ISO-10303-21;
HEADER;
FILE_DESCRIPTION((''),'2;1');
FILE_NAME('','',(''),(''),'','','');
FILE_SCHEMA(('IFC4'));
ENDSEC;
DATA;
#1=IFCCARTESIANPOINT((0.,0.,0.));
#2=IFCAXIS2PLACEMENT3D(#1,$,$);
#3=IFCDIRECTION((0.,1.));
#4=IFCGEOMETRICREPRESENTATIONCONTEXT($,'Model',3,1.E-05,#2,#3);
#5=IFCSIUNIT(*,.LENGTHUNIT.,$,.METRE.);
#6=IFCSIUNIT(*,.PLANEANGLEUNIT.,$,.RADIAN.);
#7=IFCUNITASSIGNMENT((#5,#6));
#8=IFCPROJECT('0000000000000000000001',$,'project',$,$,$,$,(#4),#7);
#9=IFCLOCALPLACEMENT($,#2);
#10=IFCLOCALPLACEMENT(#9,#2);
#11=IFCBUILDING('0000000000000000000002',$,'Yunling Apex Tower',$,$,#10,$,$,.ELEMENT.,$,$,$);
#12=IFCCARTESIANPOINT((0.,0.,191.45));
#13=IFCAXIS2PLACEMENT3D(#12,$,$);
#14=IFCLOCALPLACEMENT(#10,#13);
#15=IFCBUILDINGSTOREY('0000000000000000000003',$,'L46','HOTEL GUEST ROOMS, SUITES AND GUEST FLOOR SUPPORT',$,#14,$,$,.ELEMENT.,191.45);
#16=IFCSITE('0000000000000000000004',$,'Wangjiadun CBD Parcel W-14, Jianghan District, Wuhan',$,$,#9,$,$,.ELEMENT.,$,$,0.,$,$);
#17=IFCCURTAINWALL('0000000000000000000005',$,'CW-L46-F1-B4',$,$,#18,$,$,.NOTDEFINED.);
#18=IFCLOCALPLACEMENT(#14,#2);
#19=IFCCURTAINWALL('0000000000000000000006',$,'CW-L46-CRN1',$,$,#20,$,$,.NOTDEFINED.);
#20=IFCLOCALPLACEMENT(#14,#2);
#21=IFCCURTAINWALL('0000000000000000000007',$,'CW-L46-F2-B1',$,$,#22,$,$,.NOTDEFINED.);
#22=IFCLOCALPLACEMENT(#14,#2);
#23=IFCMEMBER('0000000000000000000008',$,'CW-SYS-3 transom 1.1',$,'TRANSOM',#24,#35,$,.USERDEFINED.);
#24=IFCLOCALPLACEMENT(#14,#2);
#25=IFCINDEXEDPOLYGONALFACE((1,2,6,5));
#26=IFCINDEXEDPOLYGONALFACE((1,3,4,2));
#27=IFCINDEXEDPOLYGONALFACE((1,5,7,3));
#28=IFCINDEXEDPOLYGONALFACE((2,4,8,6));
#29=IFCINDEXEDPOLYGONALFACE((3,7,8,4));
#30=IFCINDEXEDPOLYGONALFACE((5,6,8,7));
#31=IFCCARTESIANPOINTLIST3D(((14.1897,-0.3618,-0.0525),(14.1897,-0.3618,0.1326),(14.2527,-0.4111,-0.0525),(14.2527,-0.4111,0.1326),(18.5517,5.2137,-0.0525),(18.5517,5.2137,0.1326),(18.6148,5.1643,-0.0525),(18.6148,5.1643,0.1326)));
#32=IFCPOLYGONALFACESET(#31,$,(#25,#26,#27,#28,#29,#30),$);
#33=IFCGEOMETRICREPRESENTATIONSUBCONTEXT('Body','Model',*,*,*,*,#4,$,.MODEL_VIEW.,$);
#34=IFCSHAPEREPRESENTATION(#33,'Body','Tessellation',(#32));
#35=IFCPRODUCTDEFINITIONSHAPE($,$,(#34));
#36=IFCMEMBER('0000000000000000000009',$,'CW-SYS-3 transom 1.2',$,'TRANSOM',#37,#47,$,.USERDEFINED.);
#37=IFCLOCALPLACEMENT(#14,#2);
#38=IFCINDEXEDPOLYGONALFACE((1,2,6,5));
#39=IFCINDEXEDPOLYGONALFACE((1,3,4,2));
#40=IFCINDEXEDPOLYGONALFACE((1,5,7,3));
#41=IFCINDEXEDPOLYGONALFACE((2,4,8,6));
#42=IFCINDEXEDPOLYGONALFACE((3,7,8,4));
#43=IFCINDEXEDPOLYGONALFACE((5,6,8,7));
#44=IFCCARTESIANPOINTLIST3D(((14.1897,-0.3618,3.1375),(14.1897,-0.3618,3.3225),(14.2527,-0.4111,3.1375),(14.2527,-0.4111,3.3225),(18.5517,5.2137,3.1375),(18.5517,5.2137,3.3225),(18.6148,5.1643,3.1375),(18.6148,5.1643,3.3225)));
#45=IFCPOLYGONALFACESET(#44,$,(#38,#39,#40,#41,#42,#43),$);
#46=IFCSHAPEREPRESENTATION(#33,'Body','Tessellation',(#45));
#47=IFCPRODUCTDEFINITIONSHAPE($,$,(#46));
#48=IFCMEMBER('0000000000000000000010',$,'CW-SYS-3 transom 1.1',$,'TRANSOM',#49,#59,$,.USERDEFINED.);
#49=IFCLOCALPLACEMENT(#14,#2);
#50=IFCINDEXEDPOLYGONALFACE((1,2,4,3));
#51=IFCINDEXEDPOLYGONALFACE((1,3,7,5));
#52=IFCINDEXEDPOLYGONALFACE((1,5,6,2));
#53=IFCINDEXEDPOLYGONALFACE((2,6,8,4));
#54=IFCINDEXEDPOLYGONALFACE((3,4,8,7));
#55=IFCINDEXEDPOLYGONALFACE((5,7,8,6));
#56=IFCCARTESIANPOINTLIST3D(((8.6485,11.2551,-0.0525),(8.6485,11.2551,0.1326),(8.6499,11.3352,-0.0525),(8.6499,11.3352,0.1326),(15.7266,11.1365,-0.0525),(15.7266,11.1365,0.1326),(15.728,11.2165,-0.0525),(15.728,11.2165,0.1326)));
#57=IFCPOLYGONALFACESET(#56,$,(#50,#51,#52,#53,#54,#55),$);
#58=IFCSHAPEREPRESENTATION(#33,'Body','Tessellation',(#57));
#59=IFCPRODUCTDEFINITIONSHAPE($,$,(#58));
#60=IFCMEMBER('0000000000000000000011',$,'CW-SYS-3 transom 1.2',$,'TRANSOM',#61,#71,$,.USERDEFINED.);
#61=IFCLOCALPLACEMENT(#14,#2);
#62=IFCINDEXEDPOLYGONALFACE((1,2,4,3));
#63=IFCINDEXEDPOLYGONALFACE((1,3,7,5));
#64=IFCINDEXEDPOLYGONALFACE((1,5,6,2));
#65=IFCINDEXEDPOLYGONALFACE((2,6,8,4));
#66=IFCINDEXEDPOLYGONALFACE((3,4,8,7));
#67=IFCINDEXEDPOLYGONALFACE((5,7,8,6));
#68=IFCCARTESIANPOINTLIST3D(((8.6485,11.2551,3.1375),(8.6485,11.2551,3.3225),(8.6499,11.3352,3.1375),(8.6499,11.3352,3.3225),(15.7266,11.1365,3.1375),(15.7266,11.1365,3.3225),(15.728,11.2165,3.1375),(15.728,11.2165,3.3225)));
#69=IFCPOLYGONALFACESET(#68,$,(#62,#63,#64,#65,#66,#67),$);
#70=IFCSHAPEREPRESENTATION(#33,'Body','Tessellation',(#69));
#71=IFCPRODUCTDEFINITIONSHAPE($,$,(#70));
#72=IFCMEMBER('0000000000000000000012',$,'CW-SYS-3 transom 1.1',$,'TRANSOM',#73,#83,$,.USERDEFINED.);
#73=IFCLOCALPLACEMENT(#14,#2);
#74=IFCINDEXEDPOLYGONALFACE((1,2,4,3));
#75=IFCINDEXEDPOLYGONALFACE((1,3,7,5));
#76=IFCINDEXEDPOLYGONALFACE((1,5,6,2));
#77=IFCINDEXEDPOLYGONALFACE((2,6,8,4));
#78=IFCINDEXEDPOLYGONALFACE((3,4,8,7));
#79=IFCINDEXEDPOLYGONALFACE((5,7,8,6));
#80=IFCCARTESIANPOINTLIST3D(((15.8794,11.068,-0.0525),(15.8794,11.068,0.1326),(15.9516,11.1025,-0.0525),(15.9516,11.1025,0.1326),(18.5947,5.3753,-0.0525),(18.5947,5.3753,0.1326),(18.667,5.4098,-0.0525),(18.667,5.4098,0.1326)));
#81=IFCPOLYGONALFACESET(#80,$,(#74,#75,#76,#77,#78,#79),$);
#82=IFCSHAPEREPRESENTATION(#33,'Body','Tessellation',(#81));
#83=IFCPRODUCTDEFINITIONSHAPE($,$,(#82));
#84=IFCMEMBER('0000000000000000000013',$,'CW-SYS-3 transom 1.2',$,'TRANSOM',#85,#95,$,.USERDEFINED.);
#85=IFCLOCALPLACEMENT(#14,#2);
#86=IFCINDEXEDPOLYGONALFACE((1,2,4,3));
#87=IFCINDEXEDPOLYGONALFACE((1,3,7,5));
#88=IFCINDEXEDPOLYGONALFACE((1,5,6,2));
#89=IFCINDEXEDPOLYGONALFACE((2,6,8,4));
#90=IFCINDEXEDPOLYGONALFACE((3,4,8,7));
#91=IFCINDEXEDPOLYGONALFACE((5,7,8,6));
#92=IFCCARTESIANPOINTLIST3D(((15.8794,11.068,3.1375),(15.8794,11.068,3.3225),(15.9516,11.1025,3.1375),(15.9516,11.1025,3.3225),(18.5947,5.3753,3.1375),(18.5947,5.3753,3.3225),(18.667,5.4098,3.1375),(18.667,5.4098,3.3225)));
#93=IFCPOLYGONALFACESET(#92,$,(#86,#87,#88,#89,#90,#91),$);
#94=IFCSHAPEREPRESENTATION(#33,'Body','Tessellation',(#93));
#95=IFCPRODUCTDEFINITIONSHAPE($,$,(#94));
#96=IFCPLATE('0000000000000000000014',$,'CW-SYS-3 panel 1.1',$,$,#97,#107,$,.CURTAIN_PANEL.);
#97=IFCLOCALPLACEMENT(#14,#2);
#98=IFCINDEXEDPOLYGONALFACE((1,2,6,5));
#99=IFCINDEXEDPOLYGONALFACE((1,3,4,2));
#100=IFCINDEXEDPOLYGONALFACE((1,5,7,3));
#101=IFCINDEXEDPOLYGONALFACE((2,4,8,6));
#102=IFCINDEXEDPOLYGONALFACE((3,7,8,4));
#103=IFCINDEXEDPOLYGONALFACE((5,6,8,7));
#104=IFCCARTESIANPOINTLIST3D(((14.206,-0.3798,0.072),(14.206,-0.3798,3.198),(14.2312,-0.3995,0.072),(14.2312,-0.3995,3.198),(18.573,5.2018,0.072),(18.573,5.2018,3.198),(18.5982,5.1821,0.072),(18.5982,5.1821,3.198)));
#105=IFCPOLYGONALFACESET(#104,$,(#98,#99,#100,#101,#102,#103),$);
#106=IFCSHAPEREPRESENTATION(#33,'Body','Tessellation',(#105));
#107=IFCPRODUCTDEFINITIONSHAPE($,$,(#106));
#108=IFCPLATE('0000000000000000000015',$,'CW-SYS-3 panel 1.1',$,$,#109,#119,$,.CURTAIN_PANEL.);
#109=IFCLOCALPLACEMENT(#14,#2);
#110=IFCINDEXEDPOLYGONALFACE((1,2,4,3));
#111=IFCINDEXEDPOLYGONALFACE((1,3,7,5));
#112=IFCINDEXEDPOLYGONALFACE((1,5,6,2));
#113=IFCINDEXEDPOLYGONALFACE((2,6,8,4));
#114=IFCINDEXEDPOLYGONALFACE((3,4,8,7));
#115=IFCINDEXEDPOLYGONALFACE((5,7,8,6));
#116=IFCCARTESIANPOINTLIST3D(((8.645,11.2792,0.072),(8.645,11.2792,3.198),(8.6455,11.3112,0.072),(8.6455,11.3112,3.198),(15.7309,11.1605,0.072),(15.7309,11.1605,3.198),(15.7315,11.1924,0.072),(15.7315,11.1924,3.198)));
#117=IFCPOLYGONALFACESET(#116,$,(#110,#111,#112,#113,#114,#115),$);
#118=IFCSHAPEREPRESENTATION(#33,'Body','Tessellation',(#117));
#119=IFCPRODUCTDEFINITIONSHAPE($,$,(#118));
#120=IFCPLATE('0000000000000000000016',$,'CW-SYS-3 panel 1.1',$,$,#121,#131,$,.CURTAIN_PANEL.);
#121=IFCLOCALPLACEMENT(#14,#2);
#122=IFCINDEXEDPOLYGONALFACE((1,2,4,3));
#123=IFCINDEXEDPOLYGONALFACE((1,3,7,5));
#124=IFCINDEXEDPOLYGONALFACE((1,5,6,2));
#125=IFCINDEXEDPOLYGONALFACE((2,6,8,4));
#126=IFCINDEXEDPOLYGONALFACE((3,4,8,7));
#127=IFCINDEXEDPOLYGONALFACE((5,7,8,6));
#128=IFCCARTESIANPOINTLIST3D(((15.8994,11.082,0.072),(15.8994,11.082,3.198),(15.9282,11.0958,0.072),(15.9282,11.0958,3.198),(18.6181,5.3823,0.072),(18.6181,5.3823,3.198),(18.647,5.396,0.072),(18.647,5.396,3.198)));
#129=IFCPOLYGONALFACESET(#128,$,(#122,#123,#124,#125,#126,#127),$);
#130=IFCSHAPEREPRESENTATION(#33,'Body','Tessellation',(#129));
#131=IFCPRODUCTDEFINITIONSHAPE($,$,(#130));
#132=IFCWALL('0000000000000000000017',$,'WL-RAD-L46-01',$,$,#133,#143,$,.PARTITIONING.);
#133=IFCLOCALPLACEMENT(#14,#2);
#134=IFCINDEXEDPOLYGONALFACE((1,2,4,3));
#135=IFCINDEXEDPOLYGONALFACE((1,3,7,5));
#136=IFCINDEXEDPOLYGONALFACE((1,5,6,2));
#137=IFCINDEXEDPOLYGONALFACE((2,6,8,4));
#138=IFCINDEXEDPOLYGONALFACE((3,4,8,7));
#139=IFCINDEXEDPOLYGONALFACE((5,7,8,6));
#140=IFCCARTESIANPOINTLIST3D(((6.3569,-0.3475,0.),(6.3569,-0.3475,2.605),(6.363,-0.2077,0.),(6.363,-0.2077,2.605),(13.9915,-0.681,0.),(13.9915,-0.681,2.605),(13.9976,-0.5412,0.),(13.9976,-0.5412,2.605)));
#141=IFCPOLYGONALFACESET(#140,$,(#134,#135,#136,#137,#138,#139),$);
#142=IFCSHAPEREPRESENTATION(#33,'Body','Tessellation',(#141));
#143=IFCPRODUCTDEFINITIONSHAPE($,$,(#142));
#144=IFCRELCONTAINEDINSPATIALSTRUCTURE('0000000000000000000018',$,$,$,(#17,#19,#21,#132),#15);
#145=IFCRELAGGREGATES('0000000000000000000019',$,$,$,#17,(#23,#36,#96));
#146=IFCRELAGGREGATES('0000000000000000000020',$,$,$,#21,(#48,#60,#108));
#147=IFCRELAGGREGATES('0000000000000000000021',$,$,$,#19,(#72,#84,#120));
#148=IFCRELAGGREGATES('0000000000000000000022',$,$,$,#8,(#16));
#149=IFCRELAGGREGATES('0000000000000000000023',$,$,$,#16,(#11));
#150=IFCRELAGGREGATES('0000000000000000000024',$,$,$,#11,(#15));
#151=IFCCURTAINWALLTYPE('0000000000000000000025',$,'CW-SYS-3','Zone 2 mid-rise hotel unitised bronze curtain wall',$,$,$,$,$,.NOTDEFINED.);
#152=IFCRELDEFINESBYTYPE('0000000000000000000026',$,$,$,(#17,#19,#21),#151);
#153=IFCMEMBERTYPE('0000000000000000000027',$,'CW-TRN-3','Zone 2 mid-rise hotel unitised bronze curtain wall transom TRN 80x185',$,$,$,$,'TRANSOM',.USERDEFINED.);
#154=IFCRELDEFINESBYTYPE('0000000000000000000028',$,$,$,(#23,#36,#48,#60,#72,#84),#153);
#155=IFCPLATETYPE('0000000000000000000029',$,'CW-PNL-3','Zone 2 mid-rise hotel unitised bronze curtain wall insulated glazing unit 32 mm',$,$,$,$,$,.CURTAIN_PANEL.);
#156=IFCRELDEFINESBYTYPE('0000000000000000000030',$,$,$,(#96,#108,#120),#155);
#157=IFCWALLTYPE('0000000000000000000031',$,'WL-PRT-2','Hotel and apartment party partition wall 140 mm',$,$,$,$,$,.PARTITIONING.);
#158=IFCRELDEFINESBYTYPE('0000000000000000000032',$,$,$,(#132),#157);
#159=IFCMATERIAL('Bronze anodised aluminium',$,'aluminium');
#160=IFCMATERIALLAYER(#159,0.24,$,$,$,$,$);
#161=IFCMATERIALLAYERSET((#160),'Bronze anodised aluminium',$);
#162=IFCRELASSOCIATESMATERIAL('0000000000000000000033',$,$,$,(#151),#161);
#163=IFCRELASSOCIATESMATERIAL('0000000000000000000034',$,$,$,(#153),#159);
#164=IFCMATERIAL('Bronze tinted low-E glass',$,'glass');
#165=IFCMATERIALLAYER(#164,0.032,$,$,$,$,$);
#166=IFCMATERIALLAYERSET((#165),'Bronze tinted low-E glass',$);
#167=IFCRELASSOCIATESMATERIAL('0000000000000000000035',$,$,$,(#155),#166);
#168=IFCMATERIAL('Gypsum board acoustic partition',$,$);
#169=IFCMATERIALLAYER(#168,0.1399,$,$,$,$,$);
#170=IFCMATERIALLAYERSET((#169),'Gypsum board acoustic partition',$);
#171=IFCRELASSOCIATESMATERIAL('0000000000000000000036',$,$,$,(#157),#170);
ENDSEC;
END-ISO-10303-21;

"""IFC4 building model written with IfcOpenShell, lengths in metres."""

from ifc_helpers import new_model, si_unit, direction, frame, frame_2d, origin, origin_2d, place, context, subcontext, project, spatial, rectangle, extrude, source, transform, mapped, material, layer, layer_set, material_profile, profile_set, type_object, element, aggregate, save


model = new_model("IFC4")

# Units and contexts
model_context = context("Model", 3, precision=1e-05, world=origin(), true_north=direction((0.0, 1.0)))
body_context = subcontext(model_context, "Body", "Model", "MODEL_VIEW")
ifc_project = project(units=[si_unit("LENGTHUNIT", "METRE"), si_unit("PLANEANGLEUNIT", "RADIAN")], contexts=[model_context])

# Site, building, storey
site_placement = place(None, origin())
site = spatial("IfcSite", under=ifc_project, at=site_placement, Name="Wangjiadun CBD Parcel W-14, Jianghan District, Wuhan", CompositionType="ELEMENT", RefElevation=0.0)
building_placement = place(site_placement, origin())
building = spatial("IfcBuilding", under=site, at=building_placement, Name="Yunling Apex Tower", CompositionType="ELEMENT")
storey_placement = place(building_placement, frame((0.0, 0.0, 191.45)))
storey = spatial("IfcBuildingStorey", under=building, at=storey_placement, Name="L46", Description="HOTEL GUEST ROOMS, SUITES AND GUEST FLOOR SUPPORT", CompositionType="ELEMENT", Elevation=191.45)

# Curtain walls
ifc_material_1 = material(Name="Bronze anodised aluminium", Category="aluminium")
ifc_layer_1 = layer(ifc_material_1, 0.24)
ifc_layer_set_1 = layer_set([ifc_layer_1], Name="Bronze anodised aluminium")
curtain_wall_type = type_object("IfcCurtainWallType", Name="CW-SYS-3", Description="Zone 2 mid-rise hotel unitised bronze curtain wall", PredefinedType="NOTDEFINED", material=ifc_layer_set_1)
curtain_wall_1_placement = place(storey_placement, origin())
curtain_wall_1 = element("IfcCurtainWall", 1, at=curtain_wall_1_placement, inside=storey, type_object=curtain_wall_type, Name="CW-L46-F1-B4", PredefinedType="NOTDEFINED")
curtain_wall_2_placement = place(storey_placement, origin())
curtain_wall_2 = element("IfcCurtainWall", 2, at=curtain_wall_2_placement, inside=storey, type_object=curtain_wall_type, Name="CW-L46-CRN1", PredefinedType="NOTDEFINED")
curtain_wall_3_placement = place(storey_placement, origin())
curtain_wall_3 = element("IfcCurtainWall", 3, at=curtain_wall_3_placement, inside=storey, type_object=curtain_wall_type, Name="CW-L46-F2-B1", PredefinedType="NOTDEFINED")
ifc_material_profile_1 = material_profile(ifc_material_1, rectangle(XDim=0.0801, YDim=0.1851, at=origin_2d()))
ifc_profile_set_1 = profile_set([ifc_material_profile_1], Name="Bronze anodised aluminium")
member_type_1 = type_object("IfcMemberType", Name="CW-TRN-3", Description="Zone 2 mid-rise hotel unitised bronze curtain wall transom TRN 80x185", ElementType="TRANSOM", PredefinedType="USERDEFINED", material=ifc_profile_set_1)

# Members
shared_shape_1 = source(origin(), body_context, "Body", "SweptSolid", [
    extrude(rectangle(XDim=0.0801, YDim=0.1851, at=origin_2d()), origin(), (0.0, 0.0, 1.0), 7.0791),
])
member_1_placement = place(storey_placement, frame((14.2212, -0.3865, 0.04), z_axis=(0.616192, 0.787596, 0.0), x_axis=(-0.787596, 0.616192, 0.0)))
member_1 = element("IfcMember", 4, at=member_1_placement, type_object=member_type_1, Name="CW-SYS-3 transom 1.1", ObjectType="TRANSOM", PredefinedType="USERDEFINED", context=body_context, shape_type="MappedRepresentation", body=[
    mapped(shared_shape_1, transform((0.0, 0.0, 0.0), scale=1.0)),
])
member_2_placement = place(storey_placement, frame((14.2212, -0.3865, 3.23), z_axis=(0.616192, 0.787596, 0.0), x_axis=(-0.787596, 0.616192, 0.0)))
member_2 = element("IfcMember", 5, at=member_2_placement, type_object=member_type_1, Name="CW-SYS-3 transom 1.2", ObjectType="TRANSOM", PredefinedType="USERDEFINED", context=body_context, shape_type="MappedRepresentation", body=[
    mapped(shared_shape_1, transform((0.0, 0.0, 0.0), scale=1.0)),
])
member_3_placement = place(storey_placement, frame((15.7273, 11.1765, 0.04), z_axis=(-0.99986, 0.016761, 0.0), x_axis=(-0.016761, -0.99986, 0.0)))
member_3 = element("IfcMember", 6, at=member_3_placement, type_object=member_type_1, Name="CW-SYS-3 transom 1.1", ObjectType="TRANSOM", PredefinedType="USERDEFINED", context=body_context, shape_type="MappedRepresentation", body=[
    mapped(shared_shape_1, transform((0.0, 0.0, 0.0), scale=1.0)),
])
member_4_placement = place(storey_placement, frame((15.7273, 11.1765, 3.23), z_axis=(-0.99986, 0.016761, 0.0), x_axis=(-0.016761, -0.99986, 0.0)))
member_4 = element("IfcMember", 7, at=member_4_placement, type_object=member_type_1, Name="CW-SYS-3 transom 1.2", ObjectType="TRANSOM", PredefinedType="USERDEFINED", context=body_context, shape_type="MappedRepresentation", body=[
    mapped(shared_shape_1, transform((0.0, 0.0, 0.0), scale=1.0)),
])
shared_shape_2 = source(origin(), body_context, "Body", "SweptSolid", [
    extrude(rectangle(XDim=0.0801, YDim=0.1851, at=origin_2d()), origin(), (0.0, 0.0, 1.0), 6.3071),
])
member_5_placement = place(storey_placement, frame((18.6309, 5.3926, 0.04), z_axis=(-0.430522, 0.90258, 0.0), x_axis=(-0.90258, -0.430522, 0.0)))
member_5 = element("IfcMember", 8, at=member_5_placement, type_object=member_type_1, Name="CW-SYS-3 transom 1.1", ObjectType="TRANSOM", PredefinedType="USERDEFINED", context=body_context, shape_type="MappedRepresentation", body=[
    mapped(shared_shape_2, transform((0.0, 0.0, 0.0), scale=1.0)),
])
member_6_placement = place(storey_placement, frame((18.6309, 5.3926, 3.23), z_axis=(-0.430522, 0.90258, 0.0), x_axis=(-0.90258, -0.430522, 0.0)))
member_6 = element("IfcMember", 9, at=member_6_placement, type_object=member_type_1, Name="CW-SYS-3 transom 1.2", ObjectType="TRANSOM", PredefinedType="USERDEFINED", context=body_context, shape_type="MappedRepresentation", body=[
    mapped(shared_shape_2, transform((0.0, 0.0, 0.0), scale=1.0)),
])

# Plates
ifc_material_2 = material(Name="Bronze tinted low-E glass", Category="glass")
ifc_layer_2 = layer(ifc_material_2, 0.032)
ifc_layer_set_2 = layer_set([ifc_layer_2], Name="Bronze tinted low-E glass")
plate_type = type_object("IfcPlateType", Name="CW-PNL-3", Description="Zone 2 mid-rise hotel unitised bronze curtain wall insulated glazing unit 32 mm", PredefinedType="CURTAIN_PANEL", material=ifc_layer_set_2)
shared_shape_3 = source(origin(), body_context, "Body", "SweptSolid", [
    extrude(rectangle(XDim=7.0869, YDim=0.032, at=origin_2d()), origin(), (0.0, 0.0, 1.0), 3.126),
])
plate_1_placement = place(storey_placement, frame((16.4021, 2.4011, 0.072), z_axis=(0.0, 0.0, 1.0), x_axis=(0.6162, 0.787589, 0.0)))
plate_1 = element("IfcPlate", 10, at=plate_1_placement, type_object=plate_type, Name="CW-SYS-3 panel 1.1", PredefinedType="CURTAIN_PANEL", context=body_context, shape_type="MappedRepresentation", body=[
    mapped(shared_shape_3, transform((0.0, 0.0, 0.0), scale=1.0)),
])
aggregate(curtain_wall_1, [member_1, member_2, plate_1])
plate_2_placement = place(storey_placement, frame((12.1882, 11.2358, 0.072), z_axis=(0.0, 0.0, 1.0), x_axis=(-0.99986, 0.016761, 0.0)))
plate_2 = element("IfcPlate", 11, at=plate_2_placement, type_object=plate_type, Name="CW-SYS-3 panel 1.1", PredefinedType="CURTAIN_PANEL", context=body_context, shape_type="MappedRepresentation", body=[
    mapped(shared_shape_3, transform((0.0, 0.0, 0.0), scale=1.0)),
])
aggregate(curtain_wall_3, [member_3, member_4, plate_2])
shared_shape_4 = source(origin(), body_context, "Body", "SweptSolid", [
    extrude(rectangle(XDim=6.3149, YDim=0.032, at=origin_2d()), origin(), (0.0, 0.0, 1.0), 3.126),
])
plate_3_placement = place(storey_placement, frame((17.2732, 8.239, 0.072), z_axis=(0.0, 0.0, 1.0), x_axis=(-0.430527, 0.902578, 0.0)))
plate_3 = element("IfcPlate", 12, at=plate_3_placement, type_object=plate_type, Name="CW-SYS-3 panel 1.1", PredefinedType="CURTAIN_PANEL", context=body_context, shape_type="MappedRepresentation", body=[
    mapped(shared_shape_4, transform((0.0, 0.0, 0.0), scale=1.0)),
])
aggregate(curtain_wall_2, [member_5, member_6, plate_3])

# Wall
ifc_material_3 = material(Name="Gypsum board acoustic partition")
ifc_layer_3 = layer(ifc_material_3, 0.1399)
ifc_layer_set_3 = layer_set([ifc_layer_3], Name="Gypsum board acoustic partition")
wall_type = type_object("IfcWallType", Name="WL-PRT-2", Description="Hotel and apartment party partition wall 140 mm", PredefinedType="PARTITIONING", material=ifc_layer_set_3)
wall_placement = place(storey_placement, frame((6.3601, -0.2776, 0.0), z_axis=(0.0, 0.0, 1.0), x_axis=(0.999047, -0.043641, 0.0)))
element("IfcWall", 13, at=wall_placement, inside=storey, type_object=wall_type, Name="WL-RAD-L46-01", PredefinedType="PARTITIONING", context=body_context, shape_type="SweptSolid", body=[
    extrude(rectangle(XDim=7.6418, YDim=0.1399, at=frame_2d((3.8208, 0.0))), origin(), (0.0, 0.0, 1.0), 2.605),
])

save(model, "model.ifc")
